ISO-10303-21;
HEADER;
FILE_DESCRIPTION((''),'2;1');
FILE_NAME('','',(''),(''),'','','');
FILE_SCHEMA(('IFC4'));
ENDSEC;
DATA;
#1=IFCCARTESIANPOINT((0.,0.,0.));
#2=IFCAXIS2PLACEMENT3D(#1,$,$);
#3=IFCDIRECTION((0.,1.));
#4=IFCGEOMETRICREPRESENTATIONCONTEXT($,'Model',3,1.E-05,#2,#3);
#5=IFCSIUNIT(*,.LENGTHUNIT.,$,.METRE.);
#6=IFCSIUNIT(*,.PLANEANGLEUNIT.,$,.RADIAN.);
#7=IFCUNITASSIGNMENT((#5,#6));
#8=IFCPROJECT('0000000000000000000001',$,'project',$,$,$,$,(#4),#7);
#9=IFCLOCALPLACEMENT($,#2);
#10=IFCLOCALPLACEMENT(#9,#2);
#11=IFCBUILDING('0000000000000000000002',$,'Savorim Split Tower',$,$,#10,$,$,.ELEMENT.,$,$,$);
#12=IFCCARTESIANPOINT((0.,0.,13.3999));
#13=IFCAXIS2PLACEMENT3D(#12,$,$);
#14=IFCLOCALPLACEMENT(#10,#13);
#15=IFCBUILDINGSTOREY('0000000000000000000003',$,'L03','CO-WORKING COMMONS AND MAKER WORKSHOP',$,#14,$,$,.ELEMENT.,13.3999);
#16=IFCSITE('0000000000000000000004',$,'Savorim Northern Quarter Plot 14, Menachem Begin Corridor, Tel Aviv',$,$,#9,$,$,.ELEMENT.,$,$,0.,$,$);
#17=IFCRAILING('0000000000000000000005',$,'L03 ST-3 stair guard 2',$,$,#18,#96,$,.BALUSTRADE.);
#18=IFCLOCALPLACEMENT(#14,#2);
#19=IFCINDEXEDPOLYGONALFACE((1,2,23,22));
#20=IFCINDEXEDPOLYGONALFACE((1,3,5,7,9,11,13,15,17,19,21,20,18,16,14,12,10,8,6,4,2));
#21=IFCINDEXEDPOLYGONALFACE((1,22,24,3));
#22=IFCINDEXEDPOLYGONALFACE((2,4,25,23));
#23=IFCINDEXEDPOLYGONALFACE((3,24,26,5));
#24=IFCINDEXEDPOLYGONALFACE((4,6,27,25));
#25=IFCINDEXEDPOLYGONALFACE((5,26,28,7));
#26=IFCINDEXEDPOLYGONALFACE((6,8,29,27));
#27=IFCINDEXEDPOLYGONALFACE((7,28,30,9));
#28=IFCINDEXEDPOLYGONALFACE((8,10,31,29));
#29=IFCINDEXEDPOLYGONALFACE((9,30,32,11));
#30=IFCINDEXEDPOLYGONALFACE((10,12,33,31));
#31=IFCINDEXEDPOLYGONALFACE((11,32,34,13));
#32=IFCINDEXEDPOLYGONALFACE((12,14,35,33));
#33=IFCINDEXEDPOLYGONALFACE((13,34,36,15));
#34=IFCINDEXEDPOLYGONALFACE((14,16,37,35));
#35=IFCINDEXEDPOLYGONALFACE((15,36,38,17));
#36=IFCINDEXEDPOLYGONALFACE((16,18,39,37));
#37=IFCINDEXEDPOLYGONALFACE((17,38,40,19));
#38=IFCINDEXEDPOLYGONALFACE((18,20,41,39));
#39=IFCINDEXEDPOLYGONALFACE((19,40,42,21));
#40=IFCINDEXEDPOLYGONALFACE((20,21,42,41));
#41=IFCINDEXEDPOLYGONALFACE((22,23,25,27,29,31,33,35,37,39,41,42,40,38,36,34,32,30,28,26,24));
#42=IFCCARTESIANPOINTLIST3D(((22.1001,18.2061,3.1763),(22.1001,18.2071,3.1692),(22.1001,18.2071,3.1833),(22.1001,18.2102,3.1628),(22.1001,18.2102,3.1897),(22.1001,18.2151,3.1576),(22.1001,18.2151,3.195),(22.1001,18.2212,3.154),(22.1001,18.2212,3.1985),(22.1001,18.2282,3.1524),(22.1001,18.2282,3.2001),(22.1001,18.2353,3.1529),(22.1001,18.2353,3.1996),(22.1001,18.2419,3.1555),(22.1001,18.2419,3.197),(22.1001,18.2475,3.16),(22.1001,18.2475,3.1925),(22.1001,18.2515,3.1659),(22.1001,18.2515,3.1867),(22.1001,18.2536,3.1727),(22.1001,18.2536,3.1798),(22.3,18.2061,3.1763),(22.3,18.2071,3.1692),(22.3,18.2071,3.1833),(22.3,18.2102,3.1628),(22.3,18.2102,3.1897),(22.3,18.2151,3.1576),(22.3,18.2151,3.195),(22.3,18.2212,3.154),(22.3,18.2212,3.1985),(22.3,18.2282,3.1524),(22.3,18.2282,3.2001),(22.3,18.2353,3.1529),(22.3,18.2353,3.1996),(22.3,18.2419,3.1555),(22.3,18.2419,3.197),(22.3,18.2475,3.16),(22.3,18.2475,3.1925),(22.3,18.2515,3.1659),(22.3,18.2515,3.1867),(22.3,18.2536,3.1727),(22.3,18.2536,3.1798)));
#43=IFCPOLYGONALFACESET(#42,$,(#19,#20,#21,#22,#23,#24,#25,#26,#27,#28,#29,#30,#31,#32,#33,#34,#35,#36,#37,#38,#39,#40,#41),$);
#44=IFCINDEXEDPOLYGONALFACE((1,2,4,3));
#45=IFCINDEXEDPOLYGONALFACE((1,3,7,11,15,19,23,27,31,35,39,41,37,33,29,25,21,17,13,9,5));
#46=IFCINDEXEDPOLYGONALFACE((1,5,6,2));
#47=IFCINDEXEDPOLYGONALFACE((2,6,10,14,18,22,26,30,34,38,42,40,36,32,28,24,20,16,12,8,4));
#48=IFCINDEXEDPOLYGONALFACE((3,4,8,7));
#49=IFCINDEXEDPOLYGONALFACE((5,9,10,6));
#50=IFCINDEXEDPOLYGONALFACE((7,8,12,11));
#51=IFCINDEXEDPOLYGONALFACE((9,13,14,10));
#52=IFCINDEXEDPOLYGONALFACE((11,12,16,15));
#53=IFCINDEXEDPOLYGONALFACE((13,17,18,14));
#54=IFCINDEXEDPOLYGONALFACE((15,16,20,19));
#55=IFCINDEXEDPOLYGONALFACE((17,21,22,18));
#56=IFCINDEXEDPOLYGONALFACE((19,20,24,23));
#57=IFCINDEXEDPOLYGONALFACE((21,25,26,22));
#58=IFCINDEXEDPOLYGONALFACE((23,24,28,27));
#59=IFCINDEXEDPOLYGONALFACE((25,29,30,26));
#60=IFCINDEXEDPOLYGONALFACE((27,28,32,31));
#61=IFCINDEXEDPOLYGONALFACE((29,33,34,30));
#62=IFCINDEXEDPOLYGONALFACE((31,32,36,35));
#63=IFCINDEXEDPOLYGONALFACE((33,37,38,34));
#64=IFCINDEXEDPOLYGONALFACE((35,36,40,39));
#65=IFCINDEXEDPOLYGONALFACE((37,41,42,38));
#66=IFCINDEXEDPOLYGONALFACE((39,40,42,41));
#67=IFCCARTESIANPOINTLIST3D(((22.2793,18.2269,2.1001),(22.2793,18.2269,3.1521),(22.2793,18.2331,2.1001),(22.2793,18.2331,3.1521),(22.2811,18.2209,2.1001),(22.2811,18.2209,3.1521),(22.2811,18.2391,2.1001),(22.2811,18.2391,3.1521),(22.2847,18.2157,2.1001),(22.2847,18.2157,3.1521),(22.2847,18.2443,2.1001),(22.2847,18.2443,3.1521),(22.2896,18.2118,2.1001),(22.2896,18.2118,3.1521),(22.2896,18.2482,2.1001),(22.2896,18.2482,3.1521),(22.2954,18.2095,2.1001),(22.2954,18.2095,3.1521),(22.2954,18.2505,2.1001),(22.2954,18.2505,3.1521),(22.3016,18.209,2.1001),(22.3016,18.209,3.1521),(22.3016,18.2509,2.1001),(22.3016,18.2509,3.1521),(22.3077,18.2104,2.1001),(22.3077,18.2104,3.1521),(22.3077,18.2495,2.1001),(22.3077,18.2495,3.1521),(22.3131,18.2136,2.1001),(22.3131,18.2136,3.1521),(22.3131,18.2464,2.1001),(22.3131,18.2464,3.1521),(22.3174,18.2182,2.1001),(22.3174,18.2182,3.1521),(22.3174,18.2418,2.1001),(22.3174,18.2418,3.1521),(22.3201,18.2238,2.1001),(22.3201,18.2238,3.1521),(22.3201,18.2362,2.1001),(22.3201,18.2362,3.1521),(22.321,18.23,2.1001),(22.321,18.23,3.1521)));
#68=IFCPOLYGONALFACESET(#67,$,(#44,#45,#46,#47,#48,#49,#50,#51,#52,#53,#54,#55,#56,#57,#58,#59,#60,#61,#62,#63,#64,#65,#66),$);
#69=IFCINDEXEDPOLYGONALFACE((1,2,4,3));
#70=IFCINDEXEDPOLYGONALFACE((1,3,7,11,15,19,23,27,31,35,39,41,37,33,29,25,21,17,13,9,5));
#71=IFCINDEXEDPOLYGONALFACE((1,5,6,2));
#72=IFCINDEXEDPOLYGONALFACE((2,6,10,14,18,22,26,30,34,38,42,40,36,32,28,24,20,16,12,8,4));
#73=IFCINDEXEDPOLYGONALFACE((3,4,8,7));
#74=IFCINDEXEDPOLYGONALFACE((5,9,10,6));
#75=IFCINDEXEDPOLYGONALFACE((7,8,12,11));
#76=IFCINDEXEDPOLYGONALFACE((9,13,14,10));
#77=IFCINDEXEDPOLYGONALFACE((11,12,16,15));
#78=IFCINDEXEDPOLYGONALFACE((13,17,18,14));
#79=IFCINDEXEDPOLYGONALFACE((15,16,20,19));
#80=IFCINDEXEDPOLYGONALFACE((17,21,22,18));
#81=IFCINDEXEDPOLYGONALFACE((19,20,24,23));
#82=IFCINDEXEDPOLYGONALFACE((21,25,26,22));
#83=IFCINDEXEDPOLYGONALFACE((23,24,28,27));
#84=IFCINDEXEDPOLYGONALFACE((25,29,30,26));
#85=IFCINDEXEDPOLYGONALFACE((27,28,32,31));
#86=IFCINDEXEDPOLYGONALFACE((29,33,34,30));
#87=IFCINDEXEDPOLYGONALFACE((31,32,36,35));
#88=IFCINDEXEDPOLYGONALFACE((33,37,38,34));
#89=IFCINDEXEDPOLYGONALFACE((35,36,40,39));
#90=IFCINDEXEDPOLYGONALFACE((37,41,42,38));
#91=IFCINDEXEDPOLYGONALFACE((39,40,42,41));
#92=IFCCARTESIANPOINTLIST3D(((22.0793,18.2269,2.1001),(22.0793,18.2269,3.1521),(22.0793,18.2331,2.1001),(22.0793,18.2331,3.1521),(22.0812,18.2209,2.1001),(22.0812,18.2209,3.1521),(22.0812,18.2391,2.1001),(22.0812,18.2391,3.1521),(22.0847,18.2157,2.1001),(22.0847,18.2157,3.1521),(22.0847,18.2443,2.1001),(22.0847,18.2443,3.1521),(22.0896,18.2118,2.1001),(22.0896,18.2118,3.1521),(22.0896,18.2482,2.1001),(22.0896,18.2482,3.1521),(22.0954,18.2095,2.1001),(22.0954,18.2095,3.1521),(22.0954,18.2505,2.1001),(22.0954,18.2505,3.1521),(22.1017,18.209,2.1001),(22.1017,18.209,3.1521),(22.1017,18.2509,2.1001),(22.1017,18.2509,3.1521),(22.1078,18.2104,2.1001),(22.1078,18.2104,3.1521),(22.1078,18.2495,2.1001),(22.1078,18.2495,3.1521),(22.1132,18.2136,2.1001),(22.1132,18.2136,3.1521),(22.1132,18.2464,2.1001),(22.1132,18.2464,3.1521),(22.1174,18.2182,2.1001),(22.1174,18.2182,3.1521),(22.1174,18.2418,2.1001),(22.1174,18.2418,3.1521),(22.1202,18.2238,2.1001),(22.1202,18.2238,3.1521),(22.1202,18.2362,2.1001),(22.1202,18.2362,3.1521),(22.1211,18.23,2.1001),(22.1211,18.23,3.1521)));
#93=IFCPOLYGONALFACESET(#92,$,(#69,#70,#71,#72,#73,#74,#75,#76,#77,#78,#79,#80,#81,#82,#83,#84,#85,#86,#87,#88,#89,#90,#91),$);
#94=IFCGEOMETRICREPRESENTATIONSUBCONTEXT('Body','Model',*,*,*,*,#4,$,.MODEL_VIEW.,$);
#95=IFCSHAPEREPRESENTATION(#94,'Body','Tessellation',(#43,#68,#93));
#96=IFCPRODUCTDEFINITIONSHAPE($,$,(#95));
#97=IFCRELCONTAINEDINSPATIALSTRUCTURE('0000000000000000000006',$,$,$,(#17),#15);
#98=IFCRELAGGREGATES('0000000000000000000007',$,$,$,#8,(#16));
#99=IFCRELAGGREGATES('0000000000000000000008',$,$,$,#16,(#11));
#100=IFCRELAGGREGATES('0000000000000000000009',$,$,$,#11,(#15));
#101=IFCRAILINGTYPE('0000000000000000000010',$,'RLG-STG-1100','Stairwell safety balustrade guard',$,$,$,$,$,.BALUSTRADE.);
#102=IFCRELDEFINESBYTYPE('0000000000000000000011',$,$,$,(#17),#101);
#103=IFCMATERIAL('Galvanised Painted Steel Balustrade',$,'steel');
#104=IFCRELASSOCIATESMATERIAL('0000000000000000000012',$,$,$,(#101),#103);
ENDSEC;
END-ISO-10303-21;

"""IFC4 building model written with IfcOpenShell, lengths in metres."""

from ifc_helpers import new_model, si_unit, direction, frame, origin, origin_2d, place, context, subcontext, project, spatial, circle, extrude, material, type_object, element, save


model = new_model("IFC4")

# Units and contexts
model_context = context("Model", 3, precision=1e-05, world=origin(), true_north=direction((0.0, 1.0)))
body_context = subcontext(model_context, "Body", "Model", "MODEL_VIEW")
ifc_project = project(units=[si_unit("LENGTHUNIT", "METRE"), si_unit("PLANEANGLEUNIT", "RADIAN")], contexts=[model_context])

# Site, building, storey
site_placement = place(None, origin())
site = spatial("IfcSite", under=ifc_project, at=site_placement, Name="Savorim Northern Quarter Plot 14, Menachem Begin Corridor, Tel Aviv", CompositionType="ELEMENT", RefElevation=0.0)
building_placement = place(site_placement, origin())
building = spatial("IfcBuilding", under=site, at=building_placement, Name="Savorim Split Tower", CompositionType="ELEMENT")
storey_placement = place(building_placement, frame((0.0, 0.0, 13.3999)))
storey = spatial("IfcBuildingStorey", under=building, at=storey_placement, Name="L03", Description="CO-WORKING COMMONS AND MAKER WORKSHOP", CompositionType="ELEMENT", Elevation=13.3999)

# Railing
ifc_material_1 = material(Name="Galvanised Painted Steel Balustrade", Category="steel")
railing_type_1 = type_object("IfcRailingType", Name="RLG-STG-1100", Description="Stairwell safety balustrade guard", PredefinedType="BALUSTRADE", material=ifc_material_1)
railing_1_placement = place(storey_placement, frame((22.3, 18.23, 2.1001)))
element("IfcRailing", 1, at=railing_1_placement, inside=storey, type_object=railing_type_1, Name="L03 ST-3 stair guard 2", PredefinedType="BALUSTRADE", context=body_context, shape_type="SweptSolid", body=[
    extrude(circle(Radius=0.0239, at=origin_2d()), frame((0.0, 0.0, 1.0762), z_axis=(-1.0, 0.0, 0.0), x_axis=(0.0, -1.0, 0.0)), (0.0, 0.0, 1.0), 0.2),
    extrude(circle(Radius=0.021, at=origin_2d()), origin(), (0.0, 0.0, 1.0), 1.052),
    extrude(circle(Radius=0.021, at=origin_2d()), frame((-0.2, 0.0, 0.0)), (0.0, 0.0, 1.0), 1.052),
])

save(model, "model.ifc")
